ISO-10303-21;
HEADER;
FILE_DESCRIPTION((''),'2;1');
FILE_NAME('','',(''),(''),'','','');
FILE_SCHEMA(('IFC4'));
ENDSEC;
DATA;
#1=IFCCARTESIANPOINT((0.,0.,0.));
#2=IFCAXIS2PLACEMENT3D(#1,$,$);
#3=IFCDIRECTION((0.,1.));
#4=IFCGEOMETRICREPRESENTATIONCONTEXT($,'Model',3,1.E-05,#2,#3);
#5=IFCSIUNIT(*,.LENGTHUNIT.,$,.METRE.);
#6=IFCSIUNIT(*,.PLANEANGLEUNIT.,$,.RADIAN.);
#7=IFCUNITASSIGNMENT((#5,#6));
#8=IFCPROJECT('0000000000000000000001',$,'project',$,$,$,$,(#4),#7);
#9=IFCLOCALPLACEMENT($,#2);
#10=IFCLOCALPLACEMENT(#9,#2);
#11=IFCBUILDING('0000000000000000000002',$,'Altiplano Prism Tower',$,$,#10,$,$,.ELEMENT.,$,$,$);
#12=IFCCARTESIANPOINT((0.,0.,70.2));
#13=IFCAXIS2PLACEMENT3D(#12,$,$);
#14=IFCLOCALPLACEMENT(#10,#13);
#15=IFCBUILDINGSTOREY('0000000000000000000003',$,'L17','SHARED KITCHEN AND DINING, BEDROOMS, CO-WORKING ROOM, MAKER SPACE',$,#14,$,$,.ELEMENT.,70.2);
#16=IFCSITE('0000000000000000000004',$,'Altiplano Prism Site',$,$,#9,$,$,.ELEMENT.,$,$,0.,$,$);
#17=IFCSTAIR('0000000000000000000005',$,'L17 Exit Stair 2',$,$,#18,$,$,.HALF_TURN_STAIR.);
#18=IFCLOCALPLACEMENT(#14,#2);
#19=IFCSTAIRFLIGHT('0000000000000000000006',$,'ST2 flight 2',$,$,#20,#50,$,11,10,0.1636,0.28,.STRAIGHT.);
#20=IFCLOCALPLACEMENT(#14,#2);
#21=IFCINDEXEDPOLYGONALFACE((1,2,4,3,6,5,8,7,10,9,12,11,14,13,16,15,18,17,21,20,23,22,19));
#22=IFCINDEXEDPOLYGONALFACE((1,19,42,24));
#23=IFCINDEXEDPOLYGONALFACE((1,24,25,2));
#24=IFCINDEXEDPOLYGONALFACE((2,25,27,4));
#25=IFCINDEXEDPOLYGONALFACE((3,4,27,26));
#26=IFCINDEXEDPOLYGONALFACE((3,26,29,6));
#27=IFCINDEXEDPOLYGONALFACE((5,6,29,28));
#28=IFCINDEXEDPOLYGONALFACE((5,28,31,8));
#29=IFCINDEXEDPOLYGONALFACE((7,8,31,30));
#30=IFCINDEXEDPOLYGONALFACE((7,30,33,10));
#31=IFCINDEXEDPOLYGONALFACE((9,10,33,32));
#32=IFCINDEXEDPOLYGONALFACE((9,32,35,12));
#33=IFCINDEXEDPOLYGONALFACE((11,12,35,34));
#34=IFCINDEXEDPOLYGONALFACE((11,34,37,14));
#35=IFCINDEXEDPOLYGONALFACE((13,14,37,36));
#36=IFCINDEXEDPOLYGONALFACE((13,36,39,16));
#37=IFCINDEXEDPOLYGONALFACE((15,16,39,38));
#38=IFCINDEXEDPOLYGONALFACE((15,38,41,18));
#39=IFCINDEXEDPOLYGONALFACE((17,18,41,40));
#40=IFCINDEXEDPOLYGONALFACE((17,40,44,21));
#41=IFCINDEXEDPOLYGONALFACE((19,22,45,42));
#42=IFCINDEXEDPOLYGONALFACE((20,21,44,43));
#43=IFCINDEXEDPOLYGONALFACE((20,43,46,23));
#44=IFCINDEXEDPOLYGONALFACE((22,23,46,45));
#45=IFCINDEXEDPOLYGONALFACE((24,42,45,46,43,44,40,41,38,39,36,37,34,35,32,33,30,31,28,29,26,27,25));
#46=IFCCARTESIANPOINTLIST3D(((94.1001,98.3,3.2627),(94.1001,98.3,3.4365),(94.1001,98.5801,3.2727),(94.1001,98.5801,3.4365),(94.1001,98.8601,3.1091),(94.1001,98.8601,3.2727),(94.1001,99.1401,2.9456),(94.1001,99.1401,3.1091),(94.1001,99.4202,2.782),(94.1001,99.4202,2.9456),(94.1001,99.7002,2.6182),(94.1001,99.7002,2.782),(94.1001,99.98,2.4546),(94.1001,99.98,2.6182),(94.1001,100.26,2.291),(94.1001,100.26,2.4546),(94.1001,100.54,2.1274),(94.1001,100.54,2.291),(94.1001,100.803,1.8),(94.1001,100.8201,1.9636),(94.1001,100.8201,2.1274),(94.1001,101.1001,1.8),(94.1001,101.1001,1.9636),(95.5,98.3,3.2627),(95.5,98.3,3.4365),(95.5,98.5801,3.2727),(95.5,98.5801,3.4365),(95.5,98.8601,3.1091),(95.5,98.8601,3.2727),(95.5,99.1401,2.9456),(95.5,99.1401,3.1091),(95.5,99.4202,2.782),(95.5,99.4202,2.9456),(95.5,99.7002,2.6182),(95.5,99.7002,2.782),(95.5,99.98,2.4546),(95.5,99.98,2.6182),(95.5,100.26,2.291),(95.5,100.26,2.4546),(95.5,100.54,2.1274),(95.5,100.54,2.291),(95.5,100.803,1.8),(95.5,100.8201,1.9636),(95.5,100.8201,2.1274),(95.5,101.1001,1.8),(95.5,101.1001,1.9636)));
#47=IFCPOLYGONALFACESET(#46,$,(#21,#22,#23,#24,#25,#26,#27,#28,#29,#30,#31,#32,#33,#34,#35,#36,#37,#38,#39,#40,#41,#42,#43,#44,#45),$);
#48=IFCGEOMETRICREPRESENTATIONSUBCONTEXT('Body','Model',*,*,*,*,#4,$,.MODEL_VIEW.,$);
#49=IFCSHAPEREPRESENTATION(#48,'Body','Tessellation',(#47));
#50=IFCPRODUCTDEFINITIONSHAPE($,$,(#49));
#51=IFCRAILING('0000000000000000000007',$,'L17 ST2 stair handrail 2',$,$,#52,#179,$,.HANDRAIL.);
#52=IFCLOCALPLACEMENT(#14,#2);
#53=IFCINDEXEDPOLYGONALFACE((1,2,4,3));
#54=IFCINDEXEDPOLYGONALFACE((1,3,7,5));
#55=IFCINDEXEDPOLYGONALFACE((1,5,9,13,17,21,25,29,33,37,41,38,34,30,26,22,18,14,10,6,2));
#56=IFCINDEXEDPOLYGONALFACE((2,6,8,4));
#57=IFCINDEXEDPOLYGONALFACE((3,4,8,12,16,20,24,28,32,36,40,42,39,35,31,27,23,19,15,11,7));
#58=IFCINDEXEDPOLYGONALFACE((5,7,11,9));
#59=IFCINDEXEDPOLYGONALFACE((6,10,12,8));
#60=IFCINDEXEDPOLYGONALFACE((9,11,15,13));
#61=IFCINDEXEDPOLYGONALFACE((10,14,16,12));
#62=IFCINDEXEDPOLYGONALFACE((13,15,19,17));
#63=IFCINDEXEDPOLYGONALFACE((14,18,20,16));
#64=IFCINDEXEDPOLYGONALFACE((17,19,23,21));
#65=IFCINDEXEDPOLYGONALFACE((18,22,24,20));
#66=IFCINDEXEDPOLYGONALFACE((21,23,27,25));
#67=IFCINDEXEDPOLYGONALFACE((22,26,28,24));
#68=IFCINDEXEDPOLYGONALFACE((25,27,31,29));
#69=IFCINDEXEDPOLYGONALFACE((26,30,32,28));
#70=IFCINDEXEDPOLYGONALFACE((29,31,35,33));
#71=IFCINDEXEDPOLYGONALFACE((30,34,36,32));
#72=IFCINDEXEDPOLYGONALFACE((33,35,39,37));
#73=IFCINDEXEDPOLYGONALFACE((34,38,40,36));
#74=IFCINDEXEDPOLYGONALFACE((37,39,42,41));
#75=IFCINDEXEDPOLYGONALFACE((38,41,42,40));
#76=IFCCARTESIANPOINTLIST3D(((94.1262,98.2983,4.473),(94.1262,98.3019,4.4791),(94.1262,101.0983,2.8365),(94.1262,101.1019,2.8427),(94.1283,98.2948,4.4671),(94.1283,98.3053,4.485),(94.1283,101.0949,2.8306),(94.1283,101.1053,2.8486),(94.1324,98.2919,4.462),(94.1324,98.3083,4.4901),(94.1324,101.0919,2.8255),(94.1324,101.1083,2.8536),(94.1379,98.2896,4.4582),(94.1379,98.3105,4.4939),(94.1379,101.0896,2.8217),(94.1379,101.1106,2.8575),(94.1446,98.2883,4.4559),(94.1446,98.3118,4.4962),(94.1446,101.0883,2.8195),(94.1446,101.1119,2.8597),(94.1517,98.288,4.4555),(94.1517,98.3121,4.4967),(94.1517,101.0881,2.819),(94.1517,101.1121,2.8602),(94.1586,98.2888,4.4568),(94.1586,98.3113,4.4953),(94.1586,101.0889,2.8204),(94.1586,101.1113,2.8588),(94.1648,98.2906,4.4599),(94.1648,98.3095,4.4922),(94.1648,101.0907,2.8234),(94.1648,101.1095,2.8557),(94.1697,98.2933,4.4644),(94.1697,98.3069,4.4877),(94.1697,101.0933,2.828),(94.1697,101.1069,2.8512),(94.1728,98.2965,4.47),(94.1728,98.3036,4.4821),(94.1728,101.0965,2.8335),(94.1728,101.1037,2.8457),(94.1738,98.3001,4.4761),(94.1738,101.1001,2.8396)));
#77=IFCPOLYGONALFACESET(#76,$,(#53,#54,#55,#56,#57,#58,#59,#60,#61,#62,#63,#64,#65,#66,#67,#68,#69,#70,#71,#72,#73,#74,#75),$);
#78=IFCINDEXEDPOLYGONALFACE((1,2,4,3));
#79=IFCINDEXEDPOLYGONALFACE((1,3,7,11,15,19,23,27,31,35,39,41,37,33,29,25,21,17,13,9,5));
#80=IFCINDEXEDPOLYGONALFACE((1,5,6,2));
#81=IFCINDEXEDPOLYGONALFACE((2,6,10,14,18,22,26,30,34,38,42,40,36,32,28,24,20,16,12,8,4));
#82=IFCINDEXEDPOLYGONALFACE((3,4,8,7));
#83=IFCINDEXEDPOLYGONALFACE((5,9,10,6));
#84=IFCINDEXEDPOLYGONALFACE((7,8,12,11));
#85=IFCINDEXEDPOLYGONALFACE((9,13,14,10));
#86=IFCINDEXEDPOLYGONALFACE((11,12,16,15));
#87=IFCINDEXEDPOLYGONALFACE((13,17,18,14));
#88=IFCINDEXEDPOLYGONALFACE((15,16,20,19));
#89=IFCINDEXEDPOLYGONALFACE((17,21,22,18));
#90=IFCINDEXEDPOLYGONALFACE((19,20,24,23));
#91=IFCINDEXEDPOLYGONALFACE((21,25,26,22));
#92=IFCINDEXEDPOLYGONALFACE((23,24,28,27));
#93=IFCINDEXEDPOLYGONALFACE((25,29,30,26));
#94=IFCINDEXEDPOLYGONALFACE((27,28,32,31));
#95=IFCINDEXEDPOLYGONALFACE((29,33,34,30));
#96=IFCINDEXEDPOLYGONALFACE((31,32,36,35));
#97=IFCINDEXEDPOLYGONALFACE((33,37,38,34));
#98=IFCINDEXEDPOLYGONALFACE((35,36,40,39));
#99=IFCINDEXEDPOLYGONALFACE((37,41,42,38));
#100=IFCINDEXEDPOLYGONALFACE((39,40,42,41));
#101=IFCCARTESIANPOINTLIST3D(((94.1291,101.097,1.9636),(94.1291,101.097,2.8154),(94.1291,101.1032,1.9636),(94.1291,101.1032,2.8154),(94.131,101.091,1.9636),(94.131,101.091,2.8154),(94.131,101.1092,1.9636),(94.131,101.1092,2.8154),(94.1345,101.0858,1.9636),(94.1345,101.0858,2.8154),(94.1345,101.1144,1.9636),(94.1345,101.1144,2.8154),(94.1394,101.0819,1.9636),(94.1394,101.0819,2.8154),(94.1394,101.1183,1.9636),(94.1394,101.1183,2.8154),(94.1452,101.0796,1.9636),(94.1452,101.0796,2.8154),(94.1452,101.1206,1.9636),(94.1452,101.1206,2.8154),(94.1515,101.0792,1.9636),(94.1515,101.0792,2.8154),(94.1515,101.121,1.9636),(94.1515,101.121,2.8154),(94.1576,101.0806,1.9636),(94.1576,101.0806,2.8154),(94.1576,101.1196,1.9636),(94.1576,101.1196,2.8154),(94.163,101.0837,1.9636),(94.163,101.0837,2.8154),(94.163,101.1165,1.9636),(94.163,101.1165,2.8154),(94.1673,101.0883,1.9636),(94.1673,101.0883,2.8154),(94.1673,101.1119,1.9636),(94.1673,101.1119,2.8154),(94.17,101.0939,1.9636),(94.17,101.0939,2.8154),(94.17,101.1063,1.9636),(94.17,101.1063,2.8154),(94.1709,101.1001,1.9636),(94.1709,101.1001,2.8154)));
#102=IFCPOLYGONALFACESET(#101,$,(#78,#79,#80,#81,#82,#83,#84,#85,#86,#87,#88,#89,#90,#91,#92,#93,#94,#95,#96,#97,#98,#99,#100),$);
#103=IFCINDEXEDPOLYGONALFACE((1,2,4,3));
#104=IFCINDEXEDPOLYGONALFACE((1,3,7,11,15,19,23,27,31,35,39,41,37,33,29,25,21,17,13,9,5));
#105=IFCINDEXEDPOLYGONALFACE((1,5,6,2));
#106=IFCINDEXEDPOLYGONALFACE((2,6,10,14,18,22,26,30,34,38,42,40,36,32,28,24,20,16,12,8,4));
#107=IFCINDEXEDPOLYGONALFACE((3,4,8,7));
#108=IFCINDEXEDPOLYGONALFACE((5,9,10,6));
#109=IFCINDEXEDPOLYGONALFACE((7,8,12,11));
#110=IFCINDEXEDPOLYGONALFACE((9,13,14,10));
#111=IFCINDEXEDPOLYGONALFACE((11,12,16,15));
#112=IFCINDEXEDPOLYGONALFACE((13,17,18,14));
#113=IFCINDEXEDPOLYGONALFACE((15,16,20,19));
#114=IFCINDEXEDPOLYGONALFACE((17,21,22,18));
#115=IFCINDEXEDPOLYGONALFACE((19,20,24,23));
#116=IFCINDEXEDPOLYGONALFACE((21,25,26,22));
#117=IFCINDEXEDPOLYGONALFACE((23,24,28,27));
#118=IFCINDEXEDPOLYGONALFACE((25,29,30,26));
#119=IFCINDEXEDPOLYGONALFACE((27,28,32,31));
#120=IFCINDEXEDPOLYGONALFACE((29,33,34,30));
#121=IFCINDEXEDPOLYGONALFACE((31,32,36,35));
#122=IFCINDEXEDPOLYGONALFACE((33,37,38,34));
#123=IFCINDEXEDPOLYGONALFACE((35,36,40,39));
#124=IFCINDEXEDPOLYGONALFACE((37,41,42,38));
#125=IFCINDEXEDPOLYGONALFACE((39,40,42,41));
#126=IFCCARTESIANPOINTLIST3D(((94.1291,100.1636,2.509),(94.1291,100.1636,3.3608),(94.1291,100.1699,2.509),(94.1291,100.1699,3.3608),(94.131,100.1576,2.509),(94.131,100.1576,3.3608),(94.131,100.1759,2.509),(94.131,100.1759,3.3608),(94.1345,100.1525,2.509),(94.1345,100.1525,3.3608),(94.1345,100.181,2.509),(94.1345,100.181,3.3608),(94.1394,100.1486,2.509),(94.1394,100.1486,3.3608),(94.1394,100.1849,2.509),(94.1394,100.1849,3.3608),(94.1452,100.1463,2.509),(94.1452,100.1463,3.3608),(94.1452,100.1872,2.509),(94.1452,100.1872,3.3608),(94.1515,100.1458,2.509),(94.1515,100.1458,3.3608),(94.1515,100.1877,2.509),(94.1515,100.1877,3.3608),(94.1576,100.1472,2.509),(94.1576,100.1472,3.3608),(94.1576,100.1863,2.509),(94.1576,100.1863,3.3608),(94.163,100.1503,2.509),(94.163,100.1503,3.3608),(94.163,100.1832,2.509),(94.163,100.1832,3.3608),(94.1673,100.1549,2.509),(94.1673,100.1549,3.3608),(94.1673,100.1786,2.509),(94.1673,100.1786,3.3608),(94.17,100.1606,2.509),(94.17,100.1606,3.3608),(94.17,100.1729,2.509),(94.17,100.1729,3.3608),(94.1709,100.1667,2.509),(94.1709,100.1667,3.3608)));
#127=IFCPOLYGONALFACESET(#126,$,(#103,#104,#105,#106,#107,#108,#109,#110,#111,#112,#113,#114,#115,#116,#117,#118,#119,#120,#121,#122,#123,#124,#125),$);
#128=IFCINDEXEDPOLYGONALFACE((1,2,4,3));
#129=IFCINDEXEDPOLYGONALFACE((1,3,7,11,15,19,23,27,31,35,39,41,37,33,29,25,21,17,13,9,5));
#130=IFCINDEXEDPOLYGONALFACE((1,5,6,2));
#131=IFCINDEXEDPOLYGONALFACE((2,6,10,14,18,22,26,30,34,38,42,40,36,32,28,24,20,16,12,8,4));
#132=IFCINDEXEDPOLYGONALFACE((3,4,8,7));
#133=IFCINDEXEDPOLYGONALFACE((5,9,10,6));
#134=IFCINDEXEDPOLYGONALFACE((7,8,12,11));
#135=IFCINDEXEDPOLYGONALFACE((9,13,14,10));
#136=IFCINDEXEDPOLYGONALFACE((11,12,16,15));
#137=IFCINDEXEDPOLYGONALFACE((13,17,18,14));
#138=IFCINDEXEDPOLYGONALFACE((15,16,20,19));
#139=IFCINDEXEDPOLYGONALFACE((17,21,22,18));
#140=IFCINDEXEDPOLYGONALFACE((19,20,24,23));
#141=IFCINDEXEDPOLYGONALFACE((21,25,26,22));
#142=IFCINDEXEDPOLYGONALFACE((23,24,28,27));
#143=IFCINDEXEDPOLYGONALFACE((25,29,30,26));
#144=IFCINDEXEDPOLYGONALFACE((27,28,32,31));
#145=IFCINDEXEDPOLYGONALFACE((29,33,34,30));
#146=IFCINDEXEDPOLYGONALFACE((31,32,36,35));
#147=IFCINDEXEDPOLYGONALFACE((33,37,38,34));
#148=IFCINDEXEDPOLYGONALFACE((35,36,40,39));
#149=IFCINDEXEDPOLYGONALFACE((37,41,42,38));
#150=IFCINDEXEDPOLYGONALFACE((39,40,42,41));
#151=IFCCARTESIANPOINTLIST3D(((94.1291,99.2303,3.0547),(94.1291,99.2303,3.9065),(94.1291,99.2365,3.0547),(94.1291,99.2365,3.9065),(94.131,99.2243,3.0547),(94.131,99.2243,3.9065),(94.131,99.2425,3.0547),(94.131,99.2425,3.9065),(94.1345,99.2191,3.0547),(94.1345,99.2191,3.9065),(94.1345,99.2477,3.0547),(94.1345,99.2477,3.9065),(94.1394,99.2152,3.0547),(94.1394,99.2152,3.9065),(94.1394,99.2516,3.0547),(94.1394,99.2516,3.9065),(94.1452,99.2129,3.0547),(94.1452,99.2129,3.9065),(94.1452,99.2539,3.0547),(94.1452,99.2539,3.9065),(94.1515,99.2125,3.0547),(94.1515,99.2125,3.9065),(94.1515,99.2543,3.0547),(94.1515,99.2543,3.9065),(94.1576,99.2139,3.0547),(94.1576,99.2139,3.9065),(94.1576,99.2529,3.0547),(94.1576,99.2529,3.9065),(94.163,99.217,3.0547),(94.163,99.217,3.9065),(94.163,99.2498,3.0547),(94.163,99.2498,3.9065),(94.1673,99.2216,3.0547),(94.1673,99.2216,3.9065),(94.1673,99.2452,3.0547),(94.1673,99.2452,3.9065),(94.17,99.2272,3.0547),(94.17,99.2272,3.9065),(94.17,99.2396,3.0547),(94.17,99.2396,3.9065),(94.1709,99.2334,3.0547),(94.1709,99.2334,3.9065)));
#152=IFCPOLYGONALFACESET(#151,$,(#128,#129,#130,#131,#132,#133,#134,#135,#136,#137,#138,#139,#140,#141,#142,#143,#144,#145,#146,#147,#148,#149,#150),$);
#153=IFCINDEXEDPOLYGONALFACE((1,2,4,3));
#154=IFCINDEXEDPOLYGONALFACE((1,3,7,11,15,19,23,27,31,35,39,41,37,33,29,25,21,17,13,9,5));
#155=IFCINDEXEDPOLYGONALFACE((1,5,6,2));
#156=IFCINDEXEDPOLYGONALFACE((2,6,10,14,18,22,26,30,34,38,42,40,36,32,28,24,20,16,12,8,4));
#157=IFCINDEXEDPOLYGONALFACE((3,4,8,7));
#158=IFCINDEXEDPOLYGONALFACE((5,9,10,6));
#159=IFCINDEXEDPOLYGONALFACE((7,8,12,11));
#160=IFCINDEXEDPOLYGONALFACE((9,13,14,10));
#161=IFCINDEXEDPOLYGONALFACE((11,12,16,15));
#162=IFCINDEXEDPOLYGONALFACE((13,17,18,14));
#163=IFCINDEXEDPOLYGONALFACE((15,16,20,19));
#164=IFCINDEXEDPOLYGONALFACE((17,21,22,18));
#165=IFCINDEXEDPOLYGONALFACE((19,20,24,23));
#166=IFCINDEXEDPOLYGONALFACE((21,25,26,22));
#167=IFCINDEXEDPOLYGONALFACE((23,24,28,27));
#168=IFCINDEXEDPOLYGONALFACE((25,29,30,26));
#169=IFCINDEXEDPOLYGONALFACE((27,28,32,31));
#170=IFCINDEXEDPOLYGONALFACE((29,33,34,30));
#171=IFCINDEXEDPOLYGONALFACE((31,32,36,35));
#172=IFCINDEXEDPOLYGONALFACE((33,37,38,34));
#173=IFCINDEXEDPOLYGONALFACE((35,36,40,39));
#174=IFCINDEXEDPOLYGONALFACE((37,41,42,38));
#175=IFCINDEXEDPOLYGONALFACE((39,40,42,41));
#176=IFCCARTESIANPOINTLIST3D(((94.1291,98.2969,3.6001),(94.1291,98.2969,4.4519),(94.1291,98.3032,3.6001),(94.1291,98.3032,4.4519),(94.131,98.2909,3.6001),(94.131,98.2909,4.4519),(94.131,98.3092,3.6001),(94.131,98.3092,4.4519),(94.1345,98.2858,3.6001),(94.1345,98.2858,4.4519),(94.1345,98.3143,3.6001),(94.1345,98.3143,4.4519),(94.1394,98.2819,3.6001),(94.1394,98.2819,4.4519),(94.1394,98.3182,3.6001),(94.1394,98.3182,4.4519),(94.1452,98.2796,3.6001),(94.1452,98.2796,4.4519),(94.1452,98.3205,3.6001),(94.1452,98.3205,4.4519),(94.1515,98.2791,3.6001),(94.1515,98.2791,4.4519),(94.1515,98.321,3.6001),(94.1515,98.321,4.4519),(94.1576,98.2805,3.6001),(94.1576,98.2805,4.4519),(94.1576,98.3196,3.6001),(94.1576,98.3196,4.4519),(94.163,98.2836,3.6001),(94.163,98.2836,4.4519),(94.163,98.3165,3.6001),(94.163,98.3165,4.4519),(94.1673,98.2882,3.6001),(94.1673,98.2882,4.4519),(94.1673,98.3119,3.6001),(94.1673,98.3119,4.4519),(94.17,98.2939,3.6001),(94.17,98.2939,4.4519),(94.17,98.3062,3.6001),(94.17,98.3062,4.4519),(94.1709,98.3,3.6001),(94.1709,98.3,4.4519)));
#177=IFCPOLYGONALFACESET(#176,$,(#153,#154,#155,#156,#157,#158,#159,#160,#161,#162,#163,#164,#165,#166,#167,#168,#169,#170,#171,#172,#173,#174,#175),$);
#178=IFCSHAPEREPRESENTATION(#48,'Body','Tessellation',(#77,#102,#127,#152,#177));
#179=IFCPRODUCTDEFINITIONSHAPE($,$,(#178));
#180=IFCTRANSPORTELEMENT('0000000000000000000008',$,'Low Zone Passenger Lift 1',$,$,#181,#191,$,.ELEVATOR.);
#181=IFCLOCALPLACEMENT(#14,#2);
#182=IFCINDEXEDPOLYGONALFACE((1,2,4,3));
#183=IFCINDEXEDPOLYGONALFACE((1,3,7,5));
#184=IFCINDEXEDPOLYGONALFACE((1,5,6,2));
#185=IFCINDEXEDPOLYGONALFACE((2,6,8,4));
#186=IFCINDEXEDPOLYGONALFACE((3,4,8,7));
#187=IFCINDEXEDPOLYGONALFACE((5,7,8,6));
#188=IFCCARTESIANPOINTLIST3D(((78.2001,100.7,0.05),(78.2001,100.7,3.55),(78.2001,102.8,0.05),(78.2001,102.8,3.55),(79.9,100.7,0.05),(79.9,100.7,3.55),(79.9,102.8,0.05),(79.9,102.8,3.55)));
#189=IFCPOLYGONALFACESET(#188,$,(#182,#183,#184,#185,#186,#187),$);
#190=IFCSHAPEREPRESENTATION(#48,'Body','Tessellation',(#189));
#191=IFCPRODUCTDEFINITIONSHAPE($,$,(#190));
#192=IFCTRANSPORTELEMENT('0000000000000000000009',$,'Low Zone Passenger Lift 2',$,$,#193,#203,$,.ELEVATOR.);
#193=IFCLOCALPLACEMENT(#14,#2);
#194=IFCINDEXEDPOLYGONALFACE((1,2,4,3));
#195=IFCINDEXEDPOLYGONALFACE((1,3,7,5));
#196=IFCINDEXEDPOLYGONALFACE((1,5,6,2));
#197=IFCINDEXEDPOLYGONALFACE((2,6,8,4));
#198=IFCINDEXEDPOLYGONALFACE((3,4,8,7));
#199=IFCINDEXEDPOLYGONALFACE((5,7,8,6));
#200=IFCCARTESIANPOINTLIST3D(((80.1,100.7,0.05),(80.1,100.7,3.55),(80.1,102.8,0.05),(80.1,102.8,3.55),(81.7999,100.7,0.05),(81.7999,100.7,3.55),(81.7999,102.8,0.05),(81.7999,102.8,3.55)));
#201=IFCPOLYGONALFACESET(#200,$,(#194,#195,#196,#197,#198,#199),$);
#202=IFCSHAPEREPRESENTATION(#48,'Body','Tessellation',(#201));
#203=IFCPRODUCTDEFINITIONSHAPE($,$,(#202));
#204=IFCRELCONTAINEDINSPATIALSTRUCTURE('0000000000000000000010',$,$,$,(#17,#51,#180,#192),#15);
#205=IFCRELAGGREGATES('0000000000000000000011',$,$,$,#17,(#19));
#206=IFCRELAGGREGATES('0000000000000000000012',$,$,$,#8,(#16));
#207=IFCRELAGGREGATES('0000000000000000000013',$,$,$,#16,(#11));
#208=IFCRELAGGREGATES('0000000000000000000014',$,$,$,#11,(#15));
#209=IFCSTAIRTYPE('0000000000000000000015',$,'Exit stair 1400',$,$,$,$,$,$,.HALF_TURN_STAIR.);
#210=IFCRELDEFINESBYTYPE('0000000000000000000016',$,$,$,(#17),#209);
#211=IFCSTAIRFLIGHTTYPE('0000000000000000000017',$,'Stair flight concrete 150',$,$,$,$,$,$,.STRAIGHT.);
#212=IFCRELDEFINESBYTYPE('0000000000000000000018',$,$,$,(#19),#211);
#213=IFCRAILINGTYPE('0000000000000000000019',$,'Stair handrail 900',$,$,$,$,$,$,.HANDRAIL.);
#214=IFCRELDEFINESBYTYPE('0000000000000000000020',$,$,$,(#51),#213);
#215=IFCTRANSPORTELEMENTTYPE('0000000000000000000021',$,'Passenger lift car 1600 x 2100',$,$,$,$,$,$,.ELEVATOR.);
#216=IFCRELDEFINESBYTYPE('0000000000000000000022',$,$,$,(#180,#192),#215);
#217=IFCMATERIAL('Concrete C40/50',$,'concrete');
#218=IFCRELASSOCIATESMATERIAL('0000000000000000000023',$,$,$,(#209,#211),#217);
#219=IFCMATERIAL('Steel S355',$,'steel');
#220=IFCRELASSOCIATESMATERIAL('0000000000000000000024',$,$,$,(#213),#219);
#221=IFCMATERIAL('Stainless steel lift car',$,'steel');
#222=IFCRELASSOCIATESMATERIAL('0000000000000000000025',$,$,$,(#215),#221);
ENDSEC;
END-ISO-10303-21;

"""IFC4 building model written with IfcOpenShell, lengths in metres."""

from ifc_helpers import new_model, si_unit, direction, frame, origin, origin_2d, place, context, subcontext, project, spatial, polyline, rectangle, circle, outline, extrude, material, type_object, element, aggregate, save


model = new_model("IFC4")

# Units and contexts
model_context = context("Model", 3, precision=1e-05, world=origin(), true_north=direction((0.0, 1.0)))
body_context = subcontext(model_context, "Body", "Model", "MODEL_VIEW")
ifc_project = project(units=[si_unit("LENGTHUNIT", "METRE"), si_unit("PLANEANGLEUNIT", "RADIAN")], contexts=[model_context])

# Site, building, storey
site_placement = place(None, origin())
site = spatial("IfcSite", under=ifc_project, at=site_placement, Name="Altiplano Prism Site", CompositionType="ELEMENT", RefElevation=0.0)
building_placement = place(site_placement, origin())
building = spatial("IfcBuilding", under=site, at=building_placement, Name="Altiplano Prism Tower", CompositionType="ELEMENT")
storey_placement = place(building_placement, frame((0.0, 0.0, 70.2)))
storey = spatial("IfcBuildingStorey", under=building, at=storey_placement, Name="L17", Description="SHARED KITCHEN AND DINING, BEDROOMS, CO-WORKING ROOM, MAKER SPACE", CompositionType="ELEMENT", Elevation=70.2)

# Shared definitions
ifc_material_1 = material(Name="Steel S355", Category="steel")

# Stair, stair flight
ifc_material_2 = material(Name="Concrete C40/50", Category="concrete")
stair_type = type_object("IfcStairType", Name="Exit stair 1400", PredefinedType="HALF_TURN_STAIR", material=ifc_material_2)
stair_placement = place(storey_placement, origin())
stair = element("IfcStair", 1, at=stair_placement, inside=storey, type_object=stair_type, Name="L17 Exit Stair 2", PredefinedType="HALF_TURN_STAIR")
stair_flight_type = type_object("IfcStairFlightType", Name="Stair flight concrete 150", PredefinedType="STRAIGHT", material=ifc_material_2)
stair_flight_1_placement = place(storey_placement, frame((94.8, 101.1001, 1.8), z_axis=(0.0, 0.0, 1.0), x_axis=(0.0, -1.0, 0.0)))
stair_flight_1 = element("IfcStairFlight", 2, at=stair_flight_1_placement, type_object=stair_flight_type, Name="ST2 flight 2", NumberOfRisers=11, NumberOfTreads=10, PredefinedType="STRAIGHT", RiserHeight=0.1636, TreadLength=0.28, context=body_context, shape_type="SweptSolid", body=[
    extrude(outline(polyline([(0.0, 0.0), (0.0, 0.1636), (0.28, 0.1636), (0.28, 0.3274), (0.5601, 0.3274), (0.5601, 0.491), (0.8401, 0.491), (0.8401, 0.6545), (1.1201, 0.6545), (1.1201, 0.8181), (1.3999, 0.8181), (1.3999, 0.9819), (1.6799, 0.9819), (1.6799, 1.1455), (1.96, 1.1455), (1.96, 1.3091), (2.24, 1.3091), (2.24, 1.4727), (2.52, 1.4727), (2.52, 1.6365), (2.8, 1.6365), (2.8, 1.8), (2.8, 1.4626), (0.2971, 0.0), (0.0, 0.0)])), frame((0.0, 0.7, 0.0), z_axis=(0.0, -1.0, 0.0), x_axis=(1.0, 0.0, 0.0)), (0.0, 0.0, 1.0), 1.3999),
])
aggregate(stair, [stair_flight_1])

# Railing
railing_type_1 = type_object("IfcRailingType", Name="Stair handrail 900", PredefinedType="HANDRAIL", material=ifc_material_1)
railing_1_placement = place(storey_placement, frame((94.1499, 101.1001, 1.9636)))
element("IfcRailing", 3, at=railing_1_placement, inside=storey, type_object=railing_type_1, Name="L17 ST2 stair handrail 2", PredefinedType="HANDRAIL", context=body_context, shape_type="SweptSolid", body=[
    extrude(circle(Radius=0.0239, at=origin_2d()), frame((0.0, 0.0, 0.876), z_axis=(0.0, -0.863361, 0.504587), x_axis=(1.0, 0.0, 0.0)), (0.0, 0.0, 1.0), 3.2432),
    extrude(circle(Radius=0.021, at=origin_2d()), origin(), (0.0, 0.0, 1.0), 0.8518),
    extrude(circle(Radius=0.021, at=origin_2d()), frame((0.0, -0.9333, 0.5454)), (0.0, 0.0, 1.0), 0.8518),
    extrude(circle(Radius=0.021, at=origin_2d()), frame((0.0, -1.8667, 1.0911)), (0.0, 0.0, 1.0), 0.8518),
    extrude(circle(Radius=0.021, at=origin_2d()), frame((0.0, -2.8, 1.6365)), (0.0, 0.0, 1.0), 0.8518),
])

# Transport elements
ifc_material_3 = material(Name="Stainless steel lift car", Category="steel")
transport_element_type = type_object("IfcTransportElementType", Name="Passenger lift car 1600 x 2100", PredefinedType="ELEVATOR", material=ifc_material_3)
for number, where, z_axis, x_axis, name in (
    (4, (79.05, 101.75, 0.05), (0.0, 0.0, 1.0), (1.0, 0.0, 0.0), "Low Zone Passenger Lift 1"),
    (5, (80.95, 101.75, 0.05), (0.0, 0.0, 1.0), (1.0, 0.0, 0.0), "Low Zone Passenger Lift 2"),
):
    element("IfcTransportElement", number, at=place(storey_placement, frame(where, z_axis=z_axis, x_axis=x_axis)), inside=storey, type_object=transport_element_type, Name=name, PredefinedType="ELEVATOR", context=body_context, shape_type="SweptSolid", body=[
        extrude(rectangle(XDim=1.7, YDim=2.1001, at=origin_2d()), origin(), (0.0, 0.0, 1.0), 3.5),
    ])

save(model, "model.ifc")
